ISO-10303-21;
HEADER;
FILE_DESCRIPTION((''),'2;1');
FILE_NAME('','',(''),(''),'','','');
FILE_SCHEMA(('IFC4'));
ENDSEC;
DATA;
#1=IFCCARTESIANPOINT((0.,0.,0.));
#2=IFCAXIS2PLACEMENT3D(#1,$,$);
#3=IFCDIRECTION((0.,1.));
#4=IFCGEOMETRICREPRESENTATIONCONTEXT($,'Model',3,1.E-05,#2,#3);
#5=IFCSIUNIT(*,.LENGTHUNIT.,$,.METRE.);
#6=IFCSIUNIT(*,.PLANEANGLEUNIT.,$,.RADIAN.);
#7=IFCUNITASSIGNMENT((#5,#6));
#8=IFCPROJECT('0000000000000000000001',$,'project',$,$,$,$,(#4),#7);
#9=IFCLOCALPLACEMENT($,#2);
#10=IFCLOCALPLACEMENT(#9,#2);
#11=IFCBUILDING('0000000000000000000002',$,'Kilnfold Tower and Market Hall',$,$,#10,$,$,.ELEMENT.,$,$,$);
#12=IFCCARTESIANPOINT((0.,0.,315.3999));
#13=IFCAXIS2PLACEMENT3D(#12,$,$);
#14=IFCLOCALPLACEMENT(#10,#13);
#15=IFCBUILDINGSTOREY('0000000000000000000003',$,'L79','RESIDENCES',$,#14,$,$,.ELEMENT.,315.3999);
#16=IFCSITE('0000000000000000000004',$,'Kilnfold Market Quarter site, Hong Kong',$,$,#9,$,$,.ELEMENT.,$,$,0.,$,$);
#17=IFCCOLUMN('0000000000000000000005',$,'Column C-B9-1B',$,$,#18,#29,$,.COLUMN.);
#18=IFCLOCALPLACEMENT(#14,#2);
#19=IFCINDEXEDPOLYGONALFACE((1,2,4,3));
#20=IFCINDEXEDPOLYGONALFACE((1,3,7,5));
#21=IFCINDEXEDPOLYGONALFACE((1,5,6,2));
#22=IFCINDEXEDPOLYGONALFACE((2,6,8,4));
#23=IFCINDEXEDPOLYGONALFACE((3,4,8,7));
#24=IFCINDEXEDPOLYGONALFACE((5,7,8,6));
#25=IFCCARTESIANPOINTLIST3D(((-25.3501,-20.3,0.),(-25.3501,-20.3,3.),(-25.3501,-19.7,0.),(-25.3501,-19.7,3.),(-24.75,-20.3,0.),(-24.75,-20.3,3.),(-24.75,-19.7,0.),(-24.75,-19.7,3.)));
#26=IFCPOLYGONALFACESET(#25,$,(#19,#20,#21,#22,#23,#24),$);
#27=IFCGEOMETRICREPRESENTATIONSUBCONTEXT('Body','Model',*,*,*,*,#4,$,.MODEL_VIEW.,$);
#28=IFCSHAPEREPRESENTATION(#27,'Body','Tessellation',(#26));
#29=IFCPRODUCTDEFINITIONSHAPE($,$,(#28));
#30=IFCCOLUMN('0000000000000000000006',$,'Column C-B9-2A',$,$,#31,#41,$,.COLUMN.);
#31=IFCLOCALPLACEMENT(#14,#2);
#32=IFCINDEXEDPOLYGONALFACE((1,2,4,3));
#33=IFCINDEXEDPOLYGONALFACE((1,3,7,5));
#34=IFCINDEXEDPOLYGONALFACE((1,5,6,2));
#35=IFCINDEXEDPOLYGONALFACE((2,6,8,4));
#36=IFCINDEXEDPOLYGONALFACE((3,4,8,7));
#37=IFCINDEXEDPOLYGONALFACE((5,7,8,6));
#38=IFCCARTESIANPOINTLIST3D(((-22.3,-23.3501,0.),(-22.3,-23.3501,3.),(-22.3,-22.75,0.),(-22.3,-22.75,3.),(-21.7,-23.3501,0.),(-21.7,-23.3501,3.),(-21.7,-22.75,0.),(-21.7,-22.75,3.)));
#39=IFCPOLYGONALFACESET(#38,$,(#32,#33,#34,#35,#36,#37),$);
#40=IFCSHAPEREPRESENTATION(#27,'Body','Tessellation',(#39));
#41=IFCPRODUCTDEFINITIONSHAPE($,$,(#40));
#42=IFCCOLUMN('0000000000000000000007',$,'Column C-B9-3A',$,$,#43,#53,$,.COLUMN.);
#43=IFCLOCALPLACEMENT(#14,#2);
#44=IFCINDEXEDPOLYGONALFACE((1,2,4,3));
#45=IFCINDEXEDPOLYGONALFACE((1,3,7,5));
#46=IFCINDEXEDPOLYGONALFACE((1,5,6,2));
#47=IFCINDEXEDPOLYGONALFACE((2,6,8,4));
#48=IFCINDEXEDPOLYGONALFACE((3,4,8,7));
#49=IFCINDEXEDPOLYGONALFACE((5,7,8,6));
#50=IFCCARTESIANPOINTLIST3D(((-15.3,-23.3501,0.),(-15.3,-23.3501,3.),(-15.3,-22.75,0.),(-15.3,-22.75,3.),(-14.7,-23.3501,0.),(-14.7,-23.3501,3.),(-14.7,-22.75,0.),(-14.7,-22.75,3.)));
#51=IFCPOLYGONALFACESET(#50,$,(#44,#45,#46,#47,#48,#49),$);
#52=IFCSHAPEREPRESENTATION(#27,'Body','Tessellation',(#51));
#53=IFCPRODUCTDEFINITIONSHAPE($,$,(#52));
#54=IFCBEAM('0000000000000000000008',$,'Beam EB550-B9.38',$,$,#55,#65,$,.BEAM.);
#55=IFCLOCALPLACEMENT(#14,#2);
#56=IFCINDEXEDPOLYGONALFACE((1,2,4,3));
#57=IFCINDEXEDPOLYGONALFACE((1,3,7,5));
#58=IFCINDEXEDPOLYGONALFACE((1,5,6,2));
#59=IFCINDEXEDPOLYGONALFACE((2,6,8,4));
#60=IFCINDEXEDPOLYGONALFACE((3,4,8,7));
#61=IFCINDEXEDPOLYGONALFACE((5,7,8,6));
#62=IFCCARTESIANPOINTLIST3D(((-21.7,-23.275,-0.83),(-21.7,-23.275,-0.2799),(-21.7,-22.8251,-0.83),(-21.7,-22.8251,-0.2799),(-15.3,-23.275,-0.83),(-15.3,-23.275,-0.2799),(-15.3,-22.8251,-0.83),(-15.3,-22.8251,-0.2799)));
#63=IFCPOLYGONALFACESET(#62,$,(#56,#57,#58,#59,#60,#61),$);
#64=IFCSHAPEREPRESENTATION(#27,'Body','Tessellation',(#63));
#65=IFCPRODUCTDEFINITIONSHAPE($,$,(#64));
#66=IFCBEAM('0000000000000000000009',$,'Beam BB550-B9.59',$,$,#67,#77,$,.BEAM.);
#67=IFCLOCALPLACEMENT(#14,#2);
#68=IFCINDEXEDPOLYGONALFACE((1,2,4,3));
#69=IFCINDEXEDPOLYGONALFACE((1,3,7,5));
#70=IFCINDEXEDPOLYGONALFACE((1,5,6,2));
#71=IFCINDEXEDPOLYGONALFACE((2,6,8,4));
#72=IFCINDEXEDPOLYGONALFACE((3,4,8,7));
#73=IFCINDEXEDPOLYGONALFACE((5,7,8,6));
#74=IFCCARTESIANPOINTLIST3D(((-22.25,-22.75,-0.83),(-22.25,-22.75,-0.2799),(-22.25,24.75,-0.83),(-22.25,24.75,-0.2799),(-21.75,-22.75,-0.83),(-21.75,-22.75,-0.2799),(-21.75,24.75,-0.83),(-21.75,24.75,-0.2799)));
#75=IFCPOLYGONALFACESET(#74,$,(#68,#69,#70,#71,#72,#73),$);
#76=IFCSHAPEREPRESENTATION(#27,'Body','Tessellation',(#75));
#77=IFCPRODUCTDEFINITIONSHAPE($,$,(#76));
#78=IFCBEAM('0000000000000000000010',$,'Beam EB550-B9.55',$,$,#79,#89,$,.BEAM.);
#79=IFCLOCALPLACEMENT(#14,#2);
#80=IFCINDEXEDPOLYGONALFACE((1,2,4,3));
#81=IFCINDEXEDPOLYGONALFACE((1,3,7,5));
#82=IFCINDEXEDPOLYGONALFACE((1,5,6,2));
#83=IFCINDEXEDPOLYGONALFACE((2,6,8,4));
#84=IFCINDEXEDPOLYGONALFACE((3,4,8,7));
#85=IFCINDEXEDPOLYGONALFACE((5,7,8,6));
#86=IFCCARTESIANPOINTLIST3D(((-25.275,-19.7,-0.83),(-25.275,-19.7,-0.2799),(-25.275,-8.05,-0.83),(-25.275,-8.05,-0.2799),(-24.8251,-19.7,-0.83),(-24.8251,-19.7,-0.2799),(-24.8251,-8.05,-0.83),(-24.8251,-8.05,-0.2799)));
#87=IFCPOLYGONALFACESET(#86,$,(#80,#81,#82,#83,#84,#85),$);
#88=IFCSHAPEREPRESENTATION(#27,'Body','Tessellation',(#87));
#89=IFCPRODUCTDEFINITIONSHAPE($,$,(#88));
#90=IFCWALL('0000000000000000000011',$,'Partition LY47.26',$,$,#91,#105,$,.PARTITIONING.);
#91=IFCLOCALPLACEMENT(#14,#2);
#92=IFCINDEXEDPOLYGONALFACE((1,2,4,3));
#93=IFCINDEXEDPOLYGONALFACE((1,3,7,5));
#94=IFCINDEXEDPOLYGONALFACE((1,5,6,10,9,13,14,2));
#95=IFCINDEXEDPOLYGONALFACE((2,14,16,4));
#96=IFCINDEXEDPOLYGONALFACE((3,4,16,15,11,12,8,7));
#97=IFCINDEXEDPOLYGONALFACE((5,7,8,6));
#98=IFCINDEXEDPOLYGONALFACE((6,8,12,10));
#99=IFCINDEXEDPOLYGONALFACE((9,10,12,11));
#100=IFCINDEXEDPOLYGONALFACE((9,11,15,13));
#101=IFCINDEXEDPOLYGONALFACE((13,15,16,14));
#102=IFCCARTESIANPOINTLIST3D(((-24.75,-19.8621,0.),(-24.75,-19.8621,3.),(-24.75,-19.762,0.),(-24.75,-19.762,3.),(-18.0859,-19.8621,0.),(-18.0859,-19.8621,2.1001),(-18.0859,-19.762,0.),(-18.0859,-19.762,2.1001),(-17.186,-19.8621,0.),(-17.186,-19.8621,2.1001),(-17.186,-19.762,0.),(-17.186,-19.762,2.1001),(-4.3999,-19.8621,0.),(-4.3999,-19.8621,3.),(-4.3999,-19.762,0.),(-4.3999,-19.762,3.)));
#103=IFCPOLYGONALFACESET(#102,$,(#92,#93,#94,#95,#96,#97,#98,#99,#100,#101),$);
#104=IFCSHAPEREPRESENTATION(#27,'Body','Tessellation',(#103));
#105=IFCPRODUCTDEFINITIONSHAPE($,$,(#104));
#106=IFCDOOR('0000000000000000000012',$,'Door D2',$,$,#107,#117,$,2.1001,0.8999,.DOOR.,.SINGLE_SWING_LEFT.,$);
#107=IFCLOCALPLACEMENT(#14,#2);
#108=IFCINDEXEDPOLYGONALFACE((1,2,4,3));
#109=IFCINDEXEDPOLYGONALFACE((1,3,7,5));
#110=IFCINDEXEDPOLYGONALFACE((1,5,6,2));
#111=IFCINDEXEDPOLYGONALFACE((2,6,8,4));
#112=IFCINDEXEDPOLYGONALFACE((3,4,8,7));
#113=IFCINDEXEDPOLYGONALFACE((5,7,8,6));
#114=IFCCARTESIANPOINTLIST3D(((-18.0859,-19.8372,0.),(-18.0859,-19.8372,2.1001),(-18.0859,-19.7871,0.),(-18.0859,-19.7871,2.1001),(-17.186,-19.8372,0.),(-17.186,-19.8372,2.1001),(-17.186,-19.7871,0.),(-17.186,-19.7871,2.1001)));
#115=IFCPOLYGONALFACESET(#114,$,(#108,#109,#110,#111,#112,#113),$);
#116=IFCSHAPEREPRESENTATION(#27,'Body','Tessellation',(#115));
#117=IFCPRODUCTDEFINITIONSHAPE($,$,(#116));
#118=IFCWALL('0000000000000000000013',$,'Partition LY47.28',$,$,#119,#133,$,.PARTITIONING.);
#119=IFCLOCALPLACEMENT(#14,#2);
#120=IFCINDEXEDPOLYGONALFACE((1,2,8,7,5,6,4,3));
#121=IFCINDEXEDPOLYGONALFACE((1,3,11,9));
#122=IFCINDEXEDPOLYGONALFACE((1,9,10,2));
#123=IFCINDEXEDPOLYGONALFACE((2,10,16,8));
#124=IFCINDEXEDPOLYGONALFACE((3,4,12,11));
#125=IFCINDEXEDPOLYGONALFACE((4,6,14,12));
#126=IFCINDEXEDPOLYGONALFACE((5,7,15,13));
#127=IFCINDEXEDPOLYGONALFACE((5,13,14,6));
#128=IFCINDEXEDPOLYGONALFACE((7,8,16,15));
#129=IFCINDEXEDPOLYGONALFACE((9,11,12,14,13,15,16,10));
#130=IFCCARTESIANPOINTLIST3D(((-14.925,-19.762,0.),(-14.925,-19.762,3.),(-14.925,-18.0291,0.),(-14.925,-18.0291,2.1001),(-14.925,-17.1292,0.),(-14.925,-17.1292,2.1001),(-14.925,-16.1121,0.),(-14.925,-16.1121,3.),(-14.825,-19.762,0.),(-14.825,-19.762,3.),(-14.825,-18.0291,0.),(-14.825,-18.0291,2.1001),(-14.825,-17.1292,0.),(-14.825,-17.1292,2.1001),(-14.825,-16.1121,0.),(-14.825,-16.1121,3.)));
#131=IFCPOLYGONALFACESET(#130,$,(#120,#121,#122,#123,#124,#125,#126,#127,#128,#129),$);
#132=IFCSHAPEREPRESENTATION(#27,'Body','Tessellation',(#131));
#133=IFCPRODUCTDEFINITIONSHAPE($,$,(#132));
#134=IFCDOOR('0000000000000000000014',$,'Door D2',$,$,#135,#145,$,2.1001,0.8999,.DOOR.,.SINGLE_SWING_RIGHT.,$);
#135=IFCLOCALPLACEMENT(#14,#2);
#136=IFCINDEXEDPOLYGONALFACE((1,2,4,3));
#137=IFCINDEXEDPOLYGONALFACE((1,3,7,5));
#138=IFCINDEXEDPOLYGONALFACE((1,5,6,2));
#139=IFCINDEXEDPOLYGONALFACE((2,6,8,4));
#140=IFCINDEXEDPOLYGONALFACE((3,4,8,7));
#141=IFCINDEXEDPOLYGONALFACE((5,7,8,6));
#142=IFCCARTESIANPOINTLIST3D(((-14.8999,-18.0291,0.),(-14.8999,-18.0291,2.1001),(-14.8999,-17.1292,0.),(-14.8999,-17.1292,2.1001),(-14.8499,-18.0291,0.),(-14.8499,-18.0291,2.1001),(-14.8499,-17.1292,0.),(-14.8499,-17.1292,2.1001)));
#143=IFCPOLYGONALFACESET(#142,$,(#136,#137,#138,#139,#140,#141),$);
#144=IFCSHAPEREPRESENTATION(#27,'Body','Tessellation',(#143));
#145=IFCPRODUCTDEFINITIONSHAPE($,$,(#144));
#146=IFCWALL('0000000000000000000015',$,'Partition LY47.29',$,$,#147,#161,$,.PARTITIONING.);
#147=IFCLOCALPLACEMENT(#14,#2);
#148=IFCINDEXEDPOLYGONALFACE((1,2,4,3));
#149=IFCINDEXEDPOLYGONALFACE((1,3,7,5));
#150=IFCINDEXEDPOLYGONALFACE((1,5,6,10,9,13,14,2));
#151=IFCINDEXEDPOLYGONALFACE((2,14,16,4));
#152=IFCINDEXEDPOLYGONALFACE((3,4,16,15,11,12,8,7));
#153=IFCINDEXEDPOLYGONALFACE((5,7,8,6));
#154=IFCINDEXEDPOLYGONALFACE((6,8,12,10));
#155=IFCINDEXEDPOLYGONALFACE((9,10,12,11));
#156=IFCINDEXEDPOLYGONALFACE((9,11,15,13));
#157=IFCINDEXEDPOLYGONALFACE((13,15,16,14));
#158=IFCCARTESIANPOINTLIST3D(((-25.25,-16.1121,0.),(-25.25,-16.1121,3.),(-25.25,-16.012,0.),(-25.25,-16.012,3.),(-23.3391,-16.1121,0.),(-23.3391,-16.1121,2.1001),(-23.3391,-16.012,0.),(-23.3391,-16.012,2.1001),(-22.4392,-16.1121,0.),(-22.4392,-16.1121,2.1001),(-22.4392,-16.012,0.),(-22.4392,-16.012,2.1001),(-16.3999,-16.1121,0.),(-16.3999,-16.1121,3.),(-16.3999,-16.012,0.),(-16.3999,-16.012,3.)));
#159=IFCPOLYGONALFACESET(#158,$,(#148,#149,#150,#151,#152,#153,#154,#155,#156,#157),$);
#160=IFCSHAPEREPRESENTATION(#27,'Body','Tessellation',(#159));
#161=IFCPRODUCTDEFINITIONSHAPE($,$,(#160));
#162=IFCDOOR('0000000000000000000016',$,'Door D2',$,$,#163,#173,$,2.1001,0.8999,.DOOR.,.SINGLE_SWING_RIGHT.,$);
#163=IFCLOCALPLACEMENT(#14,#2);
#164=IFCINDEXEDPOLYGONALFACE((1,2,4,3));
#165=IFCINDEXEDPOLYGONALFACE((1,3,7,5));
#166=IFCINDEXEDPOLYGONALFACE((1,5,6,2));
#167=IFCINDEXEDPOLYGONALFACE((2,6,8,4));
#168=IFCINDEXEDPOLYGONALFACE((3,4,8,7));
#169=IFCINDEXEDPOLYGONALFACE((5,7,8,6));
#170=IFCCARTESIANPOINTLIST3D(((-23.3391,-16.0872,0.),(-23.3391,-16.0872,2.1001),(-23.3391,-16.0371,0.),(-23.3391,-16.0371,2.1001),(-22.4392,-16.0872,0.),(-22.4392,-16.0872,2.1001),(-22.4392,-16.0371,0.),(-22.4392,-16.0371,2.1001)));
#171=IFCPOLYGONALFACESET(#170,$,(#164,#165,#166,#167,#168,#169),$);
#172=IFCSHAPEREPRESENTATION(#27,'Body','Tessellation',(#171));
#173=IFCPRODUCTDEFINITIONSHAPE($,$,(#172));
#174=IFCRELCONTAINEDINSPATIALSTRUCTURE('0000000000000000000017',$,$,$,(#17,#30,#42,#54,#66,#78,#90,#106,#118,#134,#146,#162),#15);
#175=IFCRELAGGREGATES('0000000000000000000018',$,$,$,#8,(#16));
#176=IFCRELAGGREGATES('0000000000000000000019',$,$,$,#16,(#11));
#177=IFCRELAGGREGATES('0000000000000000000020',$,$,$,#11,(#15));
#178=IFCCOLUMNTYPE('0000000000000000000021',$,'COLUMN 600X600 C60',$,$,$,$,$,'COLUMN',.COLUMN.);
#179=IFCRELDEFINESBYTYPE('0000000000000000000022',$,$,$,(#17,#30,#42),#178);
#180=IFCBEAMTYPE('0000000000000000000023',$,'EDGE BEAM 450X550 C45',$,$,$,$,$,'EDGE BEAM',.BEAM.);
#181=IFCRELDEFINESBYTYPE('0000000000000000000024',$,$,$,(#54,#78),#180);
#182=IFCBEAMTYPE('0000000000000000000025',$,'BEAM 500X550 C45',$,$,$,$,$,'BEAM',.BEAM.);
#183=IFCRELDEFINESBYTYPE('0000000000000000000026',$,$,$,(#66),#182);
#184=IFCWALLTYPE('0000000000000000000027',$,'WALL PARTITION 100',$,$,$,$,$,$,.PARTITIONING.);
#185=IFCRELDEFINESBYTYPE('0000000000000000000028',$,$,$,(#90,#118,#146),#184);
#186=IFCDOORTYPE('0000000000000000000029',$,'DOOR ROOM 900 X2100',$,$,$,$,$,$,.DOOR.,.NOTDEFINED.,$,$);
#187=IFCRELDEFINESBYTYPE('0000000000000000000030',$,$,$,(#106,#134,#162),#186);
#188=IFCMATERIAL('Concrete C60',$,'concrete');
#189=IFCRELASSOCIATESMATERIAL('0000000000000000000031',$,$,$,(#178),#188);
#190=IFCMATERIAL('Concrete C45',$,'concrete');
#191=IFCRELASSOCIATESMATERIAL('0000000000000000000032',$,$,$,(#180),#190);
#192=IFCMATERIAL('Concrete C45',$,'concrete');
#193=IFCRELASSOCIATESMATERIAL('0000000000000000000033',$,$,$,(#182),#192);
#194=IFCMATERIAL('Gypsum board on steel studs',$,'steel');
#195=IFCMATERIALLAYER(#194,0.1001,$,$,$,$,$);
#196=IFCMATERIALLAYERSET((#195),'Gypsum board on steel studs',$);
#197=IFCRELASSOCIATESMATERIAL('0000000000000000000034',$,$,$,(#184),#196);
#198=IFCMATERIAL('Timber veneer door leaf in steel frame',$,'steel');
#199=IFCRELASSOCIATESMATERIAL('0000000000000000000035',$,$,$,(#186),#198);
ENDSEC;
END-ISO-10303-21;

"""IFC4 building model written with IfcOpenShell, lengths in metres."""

from ifc_helpers import new_model, si_unit, direction, frame, frame_2d, origin, origin_2d, place, context, subcontext, project, spatial, rectangle, extrude, source, transform, mapped, material, layer, layer_set, material_profile, profile_set, type_object, element, fill, save


model = new_model("IFC4")

# Units and contexts
model_context = context("Model", 3, precision=1e-05, world=origin(), true_north=direction((0.0, 1.0)))
body_context = subcontext(model_context, "Body", "Model", "MODEL_VIEW")
ifc_project = project(units=[si_unit("LENGTHUNIT", "METRE"), si_unit("PLANEANGLEUNIT", "RADIAN")], contexts=[model_context])

# Site, building, storey
site_placement = place(None, origin())
site = spatial("IfcSite", under=ifc_project, at=site_placement, Name="Kilnfold Market Quarter site, Hong Kong", CompositionType="ELEMENT", RefElevation=0.0)
building_placement = place(site_placement, origin())
building = spatial("IfcBuilding", under=site, at=building_placement, Name="Kilnfold Tower and Market Hall", CompositionType="ELEMENT")
storey_placement = place(building_placement, frame((0.0, 0.0, 315.3999)))
storey = spatial("IfcBuildingStorey", under=building, at=storey_placement, Name="L79", Description="RESIDENCES", CompositionType="ELEMENT", Elevation=315.3999)

# Columns
ifc_material_1 = material(Name="Concrete C60", Category="concrete")
ifc_material_profile_1 = material_profile(ifc_material_1, rectangle(XDim=0.6001, YDim=0.6001, at=origin_2d()), Name="RC 600x600")
ifc_profile_set_1 = profile_set([ifc_material_profile_1], Name="Concrete C60")
column_type = type_object("IfcColumnType", Name="COLUMN 600X600 C60", ElementType="COLUMN", PredefinedType="COLUMN", material=ifc_profile_set_1)
shared_shape_1 = source(origin(), body_context, "Body", "SweptSolid", [
    extrude(rectangle(XDim=0.6001, YDim=0.6001, at=origin_2d()), origin(), (0.0, 0.0, 1.0), 3.0),
])
for number, where, z_axis, x_axis, name in (
    (1, (-25.05, -20.0, 0.0), (0.0, 0.0, 1.0), (1.0, 0.0, 0.0), "Column C-B9-1B"),
    (2, (-22.0, -23.05, 0.0), (0.0, 0.0, 1.0), (1.0, 0.0, 0.0), "Column C-B9-2A"),
    (3, (-15.0, -23.05, 0.0), (0.0, 0.0, 1.0), (1.0, 0.0, 0.0), "Column C-B9-3A"),
):
    element("IfcColumn", number, at=place(storey_placement, frame(where, z_axis=z_axis, x_axis=x_axis)), inside=storey, type_object=column_type, Name=name, PredefinedType="COLUMN", context=body_context, shape_type="MappedRepresentation", body=[
        mapped(shared_shape_1, transform((0.0, 0.0, 0.0))),
    ])

# Beams
ifc_material_2 = material(Name="Concrete C45", Category="concrete")
ifc_material_profile_2 = material_profile(ifc_material_2, rectangle(XDim=0.45, YDim=0.55, at=origin_2d()), Name="RC 450x550")
ifc_profile_set_2 = profile_set([ifc_material_profile_2], Name="Concrete C45")
beam_type_1 = type_object("IfcBeamType", Name="EDGE BEAM 450X550 C45", ElementType="EDGE BEAM", PredefinedType="BEAM", material=ifc_profile_set_2)
shared_shape_2 = source(origin(), body_context, "Body", "SweptSolid", [
    extrude(rectangle(XDim=0.45, YDim=0.55, at=origin_2d()), origin(), (0.0, 0.0, 1.0), 6.3999),
])
beam_1_placement = place(storey_placement, frame((-21.7, -23.05, -0.5549), z_axis=(1.0, 0.0, 0.0), x_axis=(0.0, 1.0, 0.0)))
element("IfcBeam", 4, at=beam_1_placement, inside=storey, type_object=beam_type_1, Name="Beam EB550-B9.38", PredefinedType="BEAM", context=body_context, shape_type="MappedRepresentation", body=[
    mapped(shared_shape_2, transform((0.0, 0.0, 0.0))),
])
ifc_material_3 = material(Name="Concrete C45", Category="concrete")
ifc_material_profile_3 = material_profile(ifc_material_3, rectangle(XDim=0.5, YDim=0.55, at=origin_2d()), Name="RC 500x550")
ifc_profile_set_3 = profile_set([ifc_material_profile_3], Name="Concrete C45")
beam_type_2 = type_object("IfcBeamType", Name="BEAM 500X550 C45", ElementType="BEAM", PredefinedType="BEAM", material=ifc_profile_set_3)
shared_shape_3 = source(origin(), body_context, "Body", "SweptSolid", [
    extrude(rectangle(XDim=0.5, YDim=0.55, at=origin_2d()), origin(), (0.0, 0.0, 1.0), 47.5),
])
beam_2_placement = place(storey_placement, frame((-22.0, -22.75, -0.5549), z_axis=(0.0, 1.0, 0.0), x_axis=(-1.0, 0.0, 0.0)))
element("IfcBeam", 5, at=beam_2_placement, inside=storey, type_object=beam_type_2, Name="Beam BB550-B9.59", PredefinedType="BEAM", context=body_context, shape_type="MappedRepresentation", body=[
    mapped(shared_shape_3, transform((0.0, 0.0, 0.0))),
])
shared_shape_4 = source(origin(), body_context, "Body", "SweptSolid", [
    extrude(rectangle(XDim=0.45, YDim=0.55, at=origin_2d()), origin(), (0.0, 0.0, 1.0), 11.6499),
])
beam_3_placement = place(storey_placement, frame((-25.05, -19.7, -0.5549), z_axis=(0.0, 1.0, 0.0), x_axis=(-1.0, 0.0, 0.0)))
element("IfcBeam", 6, at=beam_3_placement, inside=storey, type_object=beam_type_1, Name="Beam EB550-B9.55", PredefinedType="BEAM", context=body_context, shape_type="MappedRepresentation", body=[
    mapped(shared_shape_4, transform((0.0, 0.0, 0.0))),
])

# Walls, openings, doors
ifc_material_4 = material(Name="Gypsum board on steel studs", Category="steel")
ifc_layer_1 = layer(ifc_material_4, 0.1001)
ifc_layer_set_1 = layer_set([ifc_layer_1], Name="Gypsum board on steel studs")
wall_type_1 = type_object("IfcWallType", Name="WALL PARTITION 100", PredefinedType="PARTITIONING", material=ifc_layer_set_1)
wall_1_placement = place(storey_placement, frame((-24.75, -19.812, 0.0), z_axis=(0.0, 0.0, 1.0), x_axis=(1.0, 0.0, 0.0)))
wall_1 = element("IfcWall", 7, at=wall_1_placement, inside=storey, type_object=wall_type_1, Name="Partition LY47.26", PredefinedType="PARTITIONING", context=body_context, shape_type="SweptSolid", body=[
    extrude(rectangle(XDim=20.3501, YDim=0.1001, at=frame_2d((10.175, 0.0))), origin(), (0.0, 0.0, 1.0), 3.0),
])
opening_1_placement = place(wall_1_placement, frame((6.6641, 0.0, 0.0)))
opening_1 = element("IfcOpeningElement", 8, at=opening_1_placement, cuts=wall_1, PredefinedType="OPENING", context=body_context, shape_type="SweptSolid", body=[
    extrude(rectangle(XDim=0.8999, YDim=2.1001, at=frame_2d((0.45, 1.05))), frame((0.0, 0.0601, 0.0), z_axis=(0.0, -1.0, 0.0), x_axis=(1.0, 0.0, 0.0)), (0.0, 0.0, 1.0), 0.1201),
])
ifc_material_5 = material(Name="Timber veneer door leaf in steel frame", Category="steel")
door_type_1 = type_object("IfcDoorType", Name="DOOR ROOM 900 X2100", OperationType="NOTDEFINED", PredefinedType="DOOR", material=ifc_material_5)
door_1_placement = place(opening_1_placement, origin())
door_1 = element("IfcDoor", 9, at=door_1_placement, inside=storey, type_object=door_type_1, Name="Door D2", OperationType="SINGLE_SWING_LEFT", OverallHeight=2.1001, OverallWidth=0.8999, PredefinedType="DOOR", context=body_context, shape_type="SweptSolid", body=[
    extrude(rectangle(XDim=0.8999, YDim=2.1001, at=frame_2d((0.45, 1.05))), frame((0.0, 0.0249, 0.0), z_axis=(0.0, -1.0, 0.0), x_axis=(1.0, 0.0, 0.0)), (0.0, 0.0, 1.0), 0.05),
])
fill(opening_1, door_1)
wall_2_placement = place(storey_placement, frame((-14.875, -19.762, 0.0), z_axis=(0.0, 0.0, 1.0), x_axis=(0.0, 1.0, 0.0)))
wall_2 = element("IfcWall", 10, at=wall_2_placement, inside=storey, type_object=wall_type_1, Name="Partition LY47.28", PredefinedType="PARTITIONING", context=body_context, shape_type="SweptSolid", body=[
    extrude(rectangle(XDim=3.6499, YDim=0.1001, at=frame_2d((1.825, 0.0))), origin(), (0.0, 0.0, 1.0), 3.0),
])
opening_2_placement = place(wall_2_placement, frame((1.7329, 0.0, 0.0)))
opening_2 = element("IfcOpeningElement", 11, at=opening_2_placement, cuts=wall_2, PredefinedType="OPENING", context=body_context, shape_type="SweptSolid", body=[
    extrude(rectangle(XDim=0.8999, YDim=2.1001, at=frame_2d((0.45, 1.05))), frame((0.0, 0.0601, 0.0), z_axis=(0.0, -1.0, 0.0), x_axis=(1.0, 0.0, 0.0)), (0.0, 0.0, 1.0), 0.1201),
])
door_2_placement = place(opening_2_placement, origin())
door_2 = element("IfcDoor", 12, at=door_2_placement, inside=storey, type_object=door_type_1, Name="Door D2", OperationType="SINGLE_SWING_RIGHT", OverallHeight=2.1001, OverallWidth=0.8999, PredefinedType="DOOR", context=body_context, shape_type="SweptSolid", body=[
    extrude(rectangle(XDim=0.8999, YDim=2.1001, at=frame_2d((0.45, 1.05))), frame((0.0, 0.0249, 0.0), z_axis=(0.0, -1.0, 0.0), x_axis=(1.0, 0.0, 0.0)), (0.0, 0.0, 1.0), 0.05),
])
fill(opening_2, door_2)
wall_3_placement = place(storey_placement, frame((-25.25, -16.062, 0.0), z_axis=(0.0, 0.0, 1.0), x_axis=(1.0, 0.0, 0.0)))
wall_3 = element("IfcWall", 13, at=wall_3_placement, inside=storey, type_object=wall_type_1, Name="Partition LY47.29", PredefinedType="PARTITIONING", context=body_context, shape_type="SweptSolid", body=[
    extrude(rectangle(XDim=8.8501, YDim=0.1001, at=frame_2d((4.425, 0.0))), origin(), (0.0, 0.0, 1.0), 3.0),
])
opening_3_placement = place(wall_3_placement, frame((1.9109, 0.0, 0.0)))
opening_3 = element("IfcOpeningElement", 14, at=opening_3_placement, cuts=wall_3, PredefinedType="OPENING", context=body_context, shape_type="SweptSolid", body=[
    extrude(rectangle(XDim=0.8999, YDim=2.1001, at=frame_2d((0.45, 1.05))), frame((0.0, 0.0601, 0.0), z_axis=(0.0, -1.0, 0.0), x_axis=(1.0, 0.0, 0.0)), (0.0, 0.0, 1.0), 0.1201),
])
door_3_placement = place(opening_3_placement, origin())
door_3 = element("IfcDoor", 15, at=door_3_placement, inside=storey, type_object=door_type_1, Name="Door D2", OperationType="SINGLE_SWING_RIGHT", OverallHeight=2.1001, OverallWidth=0.8999, PredefinedType="DOOR", context=body_context, shape_type="SweptSolid", body=[
    extrude(rectangle(XDim=0.8999, YDim=2.1001, at=frame_2d((0.45, 1.05))), frame((0.0, 0.0249, 0.0), z_axis=(0.0, -1.0, 0.0), x_axis=(1.0, 0.0, 0.0)), (0.0, 0.0, 1.0), 0.05),
])
fill(opening_3, door_3)

save(model, "model.ifc")
